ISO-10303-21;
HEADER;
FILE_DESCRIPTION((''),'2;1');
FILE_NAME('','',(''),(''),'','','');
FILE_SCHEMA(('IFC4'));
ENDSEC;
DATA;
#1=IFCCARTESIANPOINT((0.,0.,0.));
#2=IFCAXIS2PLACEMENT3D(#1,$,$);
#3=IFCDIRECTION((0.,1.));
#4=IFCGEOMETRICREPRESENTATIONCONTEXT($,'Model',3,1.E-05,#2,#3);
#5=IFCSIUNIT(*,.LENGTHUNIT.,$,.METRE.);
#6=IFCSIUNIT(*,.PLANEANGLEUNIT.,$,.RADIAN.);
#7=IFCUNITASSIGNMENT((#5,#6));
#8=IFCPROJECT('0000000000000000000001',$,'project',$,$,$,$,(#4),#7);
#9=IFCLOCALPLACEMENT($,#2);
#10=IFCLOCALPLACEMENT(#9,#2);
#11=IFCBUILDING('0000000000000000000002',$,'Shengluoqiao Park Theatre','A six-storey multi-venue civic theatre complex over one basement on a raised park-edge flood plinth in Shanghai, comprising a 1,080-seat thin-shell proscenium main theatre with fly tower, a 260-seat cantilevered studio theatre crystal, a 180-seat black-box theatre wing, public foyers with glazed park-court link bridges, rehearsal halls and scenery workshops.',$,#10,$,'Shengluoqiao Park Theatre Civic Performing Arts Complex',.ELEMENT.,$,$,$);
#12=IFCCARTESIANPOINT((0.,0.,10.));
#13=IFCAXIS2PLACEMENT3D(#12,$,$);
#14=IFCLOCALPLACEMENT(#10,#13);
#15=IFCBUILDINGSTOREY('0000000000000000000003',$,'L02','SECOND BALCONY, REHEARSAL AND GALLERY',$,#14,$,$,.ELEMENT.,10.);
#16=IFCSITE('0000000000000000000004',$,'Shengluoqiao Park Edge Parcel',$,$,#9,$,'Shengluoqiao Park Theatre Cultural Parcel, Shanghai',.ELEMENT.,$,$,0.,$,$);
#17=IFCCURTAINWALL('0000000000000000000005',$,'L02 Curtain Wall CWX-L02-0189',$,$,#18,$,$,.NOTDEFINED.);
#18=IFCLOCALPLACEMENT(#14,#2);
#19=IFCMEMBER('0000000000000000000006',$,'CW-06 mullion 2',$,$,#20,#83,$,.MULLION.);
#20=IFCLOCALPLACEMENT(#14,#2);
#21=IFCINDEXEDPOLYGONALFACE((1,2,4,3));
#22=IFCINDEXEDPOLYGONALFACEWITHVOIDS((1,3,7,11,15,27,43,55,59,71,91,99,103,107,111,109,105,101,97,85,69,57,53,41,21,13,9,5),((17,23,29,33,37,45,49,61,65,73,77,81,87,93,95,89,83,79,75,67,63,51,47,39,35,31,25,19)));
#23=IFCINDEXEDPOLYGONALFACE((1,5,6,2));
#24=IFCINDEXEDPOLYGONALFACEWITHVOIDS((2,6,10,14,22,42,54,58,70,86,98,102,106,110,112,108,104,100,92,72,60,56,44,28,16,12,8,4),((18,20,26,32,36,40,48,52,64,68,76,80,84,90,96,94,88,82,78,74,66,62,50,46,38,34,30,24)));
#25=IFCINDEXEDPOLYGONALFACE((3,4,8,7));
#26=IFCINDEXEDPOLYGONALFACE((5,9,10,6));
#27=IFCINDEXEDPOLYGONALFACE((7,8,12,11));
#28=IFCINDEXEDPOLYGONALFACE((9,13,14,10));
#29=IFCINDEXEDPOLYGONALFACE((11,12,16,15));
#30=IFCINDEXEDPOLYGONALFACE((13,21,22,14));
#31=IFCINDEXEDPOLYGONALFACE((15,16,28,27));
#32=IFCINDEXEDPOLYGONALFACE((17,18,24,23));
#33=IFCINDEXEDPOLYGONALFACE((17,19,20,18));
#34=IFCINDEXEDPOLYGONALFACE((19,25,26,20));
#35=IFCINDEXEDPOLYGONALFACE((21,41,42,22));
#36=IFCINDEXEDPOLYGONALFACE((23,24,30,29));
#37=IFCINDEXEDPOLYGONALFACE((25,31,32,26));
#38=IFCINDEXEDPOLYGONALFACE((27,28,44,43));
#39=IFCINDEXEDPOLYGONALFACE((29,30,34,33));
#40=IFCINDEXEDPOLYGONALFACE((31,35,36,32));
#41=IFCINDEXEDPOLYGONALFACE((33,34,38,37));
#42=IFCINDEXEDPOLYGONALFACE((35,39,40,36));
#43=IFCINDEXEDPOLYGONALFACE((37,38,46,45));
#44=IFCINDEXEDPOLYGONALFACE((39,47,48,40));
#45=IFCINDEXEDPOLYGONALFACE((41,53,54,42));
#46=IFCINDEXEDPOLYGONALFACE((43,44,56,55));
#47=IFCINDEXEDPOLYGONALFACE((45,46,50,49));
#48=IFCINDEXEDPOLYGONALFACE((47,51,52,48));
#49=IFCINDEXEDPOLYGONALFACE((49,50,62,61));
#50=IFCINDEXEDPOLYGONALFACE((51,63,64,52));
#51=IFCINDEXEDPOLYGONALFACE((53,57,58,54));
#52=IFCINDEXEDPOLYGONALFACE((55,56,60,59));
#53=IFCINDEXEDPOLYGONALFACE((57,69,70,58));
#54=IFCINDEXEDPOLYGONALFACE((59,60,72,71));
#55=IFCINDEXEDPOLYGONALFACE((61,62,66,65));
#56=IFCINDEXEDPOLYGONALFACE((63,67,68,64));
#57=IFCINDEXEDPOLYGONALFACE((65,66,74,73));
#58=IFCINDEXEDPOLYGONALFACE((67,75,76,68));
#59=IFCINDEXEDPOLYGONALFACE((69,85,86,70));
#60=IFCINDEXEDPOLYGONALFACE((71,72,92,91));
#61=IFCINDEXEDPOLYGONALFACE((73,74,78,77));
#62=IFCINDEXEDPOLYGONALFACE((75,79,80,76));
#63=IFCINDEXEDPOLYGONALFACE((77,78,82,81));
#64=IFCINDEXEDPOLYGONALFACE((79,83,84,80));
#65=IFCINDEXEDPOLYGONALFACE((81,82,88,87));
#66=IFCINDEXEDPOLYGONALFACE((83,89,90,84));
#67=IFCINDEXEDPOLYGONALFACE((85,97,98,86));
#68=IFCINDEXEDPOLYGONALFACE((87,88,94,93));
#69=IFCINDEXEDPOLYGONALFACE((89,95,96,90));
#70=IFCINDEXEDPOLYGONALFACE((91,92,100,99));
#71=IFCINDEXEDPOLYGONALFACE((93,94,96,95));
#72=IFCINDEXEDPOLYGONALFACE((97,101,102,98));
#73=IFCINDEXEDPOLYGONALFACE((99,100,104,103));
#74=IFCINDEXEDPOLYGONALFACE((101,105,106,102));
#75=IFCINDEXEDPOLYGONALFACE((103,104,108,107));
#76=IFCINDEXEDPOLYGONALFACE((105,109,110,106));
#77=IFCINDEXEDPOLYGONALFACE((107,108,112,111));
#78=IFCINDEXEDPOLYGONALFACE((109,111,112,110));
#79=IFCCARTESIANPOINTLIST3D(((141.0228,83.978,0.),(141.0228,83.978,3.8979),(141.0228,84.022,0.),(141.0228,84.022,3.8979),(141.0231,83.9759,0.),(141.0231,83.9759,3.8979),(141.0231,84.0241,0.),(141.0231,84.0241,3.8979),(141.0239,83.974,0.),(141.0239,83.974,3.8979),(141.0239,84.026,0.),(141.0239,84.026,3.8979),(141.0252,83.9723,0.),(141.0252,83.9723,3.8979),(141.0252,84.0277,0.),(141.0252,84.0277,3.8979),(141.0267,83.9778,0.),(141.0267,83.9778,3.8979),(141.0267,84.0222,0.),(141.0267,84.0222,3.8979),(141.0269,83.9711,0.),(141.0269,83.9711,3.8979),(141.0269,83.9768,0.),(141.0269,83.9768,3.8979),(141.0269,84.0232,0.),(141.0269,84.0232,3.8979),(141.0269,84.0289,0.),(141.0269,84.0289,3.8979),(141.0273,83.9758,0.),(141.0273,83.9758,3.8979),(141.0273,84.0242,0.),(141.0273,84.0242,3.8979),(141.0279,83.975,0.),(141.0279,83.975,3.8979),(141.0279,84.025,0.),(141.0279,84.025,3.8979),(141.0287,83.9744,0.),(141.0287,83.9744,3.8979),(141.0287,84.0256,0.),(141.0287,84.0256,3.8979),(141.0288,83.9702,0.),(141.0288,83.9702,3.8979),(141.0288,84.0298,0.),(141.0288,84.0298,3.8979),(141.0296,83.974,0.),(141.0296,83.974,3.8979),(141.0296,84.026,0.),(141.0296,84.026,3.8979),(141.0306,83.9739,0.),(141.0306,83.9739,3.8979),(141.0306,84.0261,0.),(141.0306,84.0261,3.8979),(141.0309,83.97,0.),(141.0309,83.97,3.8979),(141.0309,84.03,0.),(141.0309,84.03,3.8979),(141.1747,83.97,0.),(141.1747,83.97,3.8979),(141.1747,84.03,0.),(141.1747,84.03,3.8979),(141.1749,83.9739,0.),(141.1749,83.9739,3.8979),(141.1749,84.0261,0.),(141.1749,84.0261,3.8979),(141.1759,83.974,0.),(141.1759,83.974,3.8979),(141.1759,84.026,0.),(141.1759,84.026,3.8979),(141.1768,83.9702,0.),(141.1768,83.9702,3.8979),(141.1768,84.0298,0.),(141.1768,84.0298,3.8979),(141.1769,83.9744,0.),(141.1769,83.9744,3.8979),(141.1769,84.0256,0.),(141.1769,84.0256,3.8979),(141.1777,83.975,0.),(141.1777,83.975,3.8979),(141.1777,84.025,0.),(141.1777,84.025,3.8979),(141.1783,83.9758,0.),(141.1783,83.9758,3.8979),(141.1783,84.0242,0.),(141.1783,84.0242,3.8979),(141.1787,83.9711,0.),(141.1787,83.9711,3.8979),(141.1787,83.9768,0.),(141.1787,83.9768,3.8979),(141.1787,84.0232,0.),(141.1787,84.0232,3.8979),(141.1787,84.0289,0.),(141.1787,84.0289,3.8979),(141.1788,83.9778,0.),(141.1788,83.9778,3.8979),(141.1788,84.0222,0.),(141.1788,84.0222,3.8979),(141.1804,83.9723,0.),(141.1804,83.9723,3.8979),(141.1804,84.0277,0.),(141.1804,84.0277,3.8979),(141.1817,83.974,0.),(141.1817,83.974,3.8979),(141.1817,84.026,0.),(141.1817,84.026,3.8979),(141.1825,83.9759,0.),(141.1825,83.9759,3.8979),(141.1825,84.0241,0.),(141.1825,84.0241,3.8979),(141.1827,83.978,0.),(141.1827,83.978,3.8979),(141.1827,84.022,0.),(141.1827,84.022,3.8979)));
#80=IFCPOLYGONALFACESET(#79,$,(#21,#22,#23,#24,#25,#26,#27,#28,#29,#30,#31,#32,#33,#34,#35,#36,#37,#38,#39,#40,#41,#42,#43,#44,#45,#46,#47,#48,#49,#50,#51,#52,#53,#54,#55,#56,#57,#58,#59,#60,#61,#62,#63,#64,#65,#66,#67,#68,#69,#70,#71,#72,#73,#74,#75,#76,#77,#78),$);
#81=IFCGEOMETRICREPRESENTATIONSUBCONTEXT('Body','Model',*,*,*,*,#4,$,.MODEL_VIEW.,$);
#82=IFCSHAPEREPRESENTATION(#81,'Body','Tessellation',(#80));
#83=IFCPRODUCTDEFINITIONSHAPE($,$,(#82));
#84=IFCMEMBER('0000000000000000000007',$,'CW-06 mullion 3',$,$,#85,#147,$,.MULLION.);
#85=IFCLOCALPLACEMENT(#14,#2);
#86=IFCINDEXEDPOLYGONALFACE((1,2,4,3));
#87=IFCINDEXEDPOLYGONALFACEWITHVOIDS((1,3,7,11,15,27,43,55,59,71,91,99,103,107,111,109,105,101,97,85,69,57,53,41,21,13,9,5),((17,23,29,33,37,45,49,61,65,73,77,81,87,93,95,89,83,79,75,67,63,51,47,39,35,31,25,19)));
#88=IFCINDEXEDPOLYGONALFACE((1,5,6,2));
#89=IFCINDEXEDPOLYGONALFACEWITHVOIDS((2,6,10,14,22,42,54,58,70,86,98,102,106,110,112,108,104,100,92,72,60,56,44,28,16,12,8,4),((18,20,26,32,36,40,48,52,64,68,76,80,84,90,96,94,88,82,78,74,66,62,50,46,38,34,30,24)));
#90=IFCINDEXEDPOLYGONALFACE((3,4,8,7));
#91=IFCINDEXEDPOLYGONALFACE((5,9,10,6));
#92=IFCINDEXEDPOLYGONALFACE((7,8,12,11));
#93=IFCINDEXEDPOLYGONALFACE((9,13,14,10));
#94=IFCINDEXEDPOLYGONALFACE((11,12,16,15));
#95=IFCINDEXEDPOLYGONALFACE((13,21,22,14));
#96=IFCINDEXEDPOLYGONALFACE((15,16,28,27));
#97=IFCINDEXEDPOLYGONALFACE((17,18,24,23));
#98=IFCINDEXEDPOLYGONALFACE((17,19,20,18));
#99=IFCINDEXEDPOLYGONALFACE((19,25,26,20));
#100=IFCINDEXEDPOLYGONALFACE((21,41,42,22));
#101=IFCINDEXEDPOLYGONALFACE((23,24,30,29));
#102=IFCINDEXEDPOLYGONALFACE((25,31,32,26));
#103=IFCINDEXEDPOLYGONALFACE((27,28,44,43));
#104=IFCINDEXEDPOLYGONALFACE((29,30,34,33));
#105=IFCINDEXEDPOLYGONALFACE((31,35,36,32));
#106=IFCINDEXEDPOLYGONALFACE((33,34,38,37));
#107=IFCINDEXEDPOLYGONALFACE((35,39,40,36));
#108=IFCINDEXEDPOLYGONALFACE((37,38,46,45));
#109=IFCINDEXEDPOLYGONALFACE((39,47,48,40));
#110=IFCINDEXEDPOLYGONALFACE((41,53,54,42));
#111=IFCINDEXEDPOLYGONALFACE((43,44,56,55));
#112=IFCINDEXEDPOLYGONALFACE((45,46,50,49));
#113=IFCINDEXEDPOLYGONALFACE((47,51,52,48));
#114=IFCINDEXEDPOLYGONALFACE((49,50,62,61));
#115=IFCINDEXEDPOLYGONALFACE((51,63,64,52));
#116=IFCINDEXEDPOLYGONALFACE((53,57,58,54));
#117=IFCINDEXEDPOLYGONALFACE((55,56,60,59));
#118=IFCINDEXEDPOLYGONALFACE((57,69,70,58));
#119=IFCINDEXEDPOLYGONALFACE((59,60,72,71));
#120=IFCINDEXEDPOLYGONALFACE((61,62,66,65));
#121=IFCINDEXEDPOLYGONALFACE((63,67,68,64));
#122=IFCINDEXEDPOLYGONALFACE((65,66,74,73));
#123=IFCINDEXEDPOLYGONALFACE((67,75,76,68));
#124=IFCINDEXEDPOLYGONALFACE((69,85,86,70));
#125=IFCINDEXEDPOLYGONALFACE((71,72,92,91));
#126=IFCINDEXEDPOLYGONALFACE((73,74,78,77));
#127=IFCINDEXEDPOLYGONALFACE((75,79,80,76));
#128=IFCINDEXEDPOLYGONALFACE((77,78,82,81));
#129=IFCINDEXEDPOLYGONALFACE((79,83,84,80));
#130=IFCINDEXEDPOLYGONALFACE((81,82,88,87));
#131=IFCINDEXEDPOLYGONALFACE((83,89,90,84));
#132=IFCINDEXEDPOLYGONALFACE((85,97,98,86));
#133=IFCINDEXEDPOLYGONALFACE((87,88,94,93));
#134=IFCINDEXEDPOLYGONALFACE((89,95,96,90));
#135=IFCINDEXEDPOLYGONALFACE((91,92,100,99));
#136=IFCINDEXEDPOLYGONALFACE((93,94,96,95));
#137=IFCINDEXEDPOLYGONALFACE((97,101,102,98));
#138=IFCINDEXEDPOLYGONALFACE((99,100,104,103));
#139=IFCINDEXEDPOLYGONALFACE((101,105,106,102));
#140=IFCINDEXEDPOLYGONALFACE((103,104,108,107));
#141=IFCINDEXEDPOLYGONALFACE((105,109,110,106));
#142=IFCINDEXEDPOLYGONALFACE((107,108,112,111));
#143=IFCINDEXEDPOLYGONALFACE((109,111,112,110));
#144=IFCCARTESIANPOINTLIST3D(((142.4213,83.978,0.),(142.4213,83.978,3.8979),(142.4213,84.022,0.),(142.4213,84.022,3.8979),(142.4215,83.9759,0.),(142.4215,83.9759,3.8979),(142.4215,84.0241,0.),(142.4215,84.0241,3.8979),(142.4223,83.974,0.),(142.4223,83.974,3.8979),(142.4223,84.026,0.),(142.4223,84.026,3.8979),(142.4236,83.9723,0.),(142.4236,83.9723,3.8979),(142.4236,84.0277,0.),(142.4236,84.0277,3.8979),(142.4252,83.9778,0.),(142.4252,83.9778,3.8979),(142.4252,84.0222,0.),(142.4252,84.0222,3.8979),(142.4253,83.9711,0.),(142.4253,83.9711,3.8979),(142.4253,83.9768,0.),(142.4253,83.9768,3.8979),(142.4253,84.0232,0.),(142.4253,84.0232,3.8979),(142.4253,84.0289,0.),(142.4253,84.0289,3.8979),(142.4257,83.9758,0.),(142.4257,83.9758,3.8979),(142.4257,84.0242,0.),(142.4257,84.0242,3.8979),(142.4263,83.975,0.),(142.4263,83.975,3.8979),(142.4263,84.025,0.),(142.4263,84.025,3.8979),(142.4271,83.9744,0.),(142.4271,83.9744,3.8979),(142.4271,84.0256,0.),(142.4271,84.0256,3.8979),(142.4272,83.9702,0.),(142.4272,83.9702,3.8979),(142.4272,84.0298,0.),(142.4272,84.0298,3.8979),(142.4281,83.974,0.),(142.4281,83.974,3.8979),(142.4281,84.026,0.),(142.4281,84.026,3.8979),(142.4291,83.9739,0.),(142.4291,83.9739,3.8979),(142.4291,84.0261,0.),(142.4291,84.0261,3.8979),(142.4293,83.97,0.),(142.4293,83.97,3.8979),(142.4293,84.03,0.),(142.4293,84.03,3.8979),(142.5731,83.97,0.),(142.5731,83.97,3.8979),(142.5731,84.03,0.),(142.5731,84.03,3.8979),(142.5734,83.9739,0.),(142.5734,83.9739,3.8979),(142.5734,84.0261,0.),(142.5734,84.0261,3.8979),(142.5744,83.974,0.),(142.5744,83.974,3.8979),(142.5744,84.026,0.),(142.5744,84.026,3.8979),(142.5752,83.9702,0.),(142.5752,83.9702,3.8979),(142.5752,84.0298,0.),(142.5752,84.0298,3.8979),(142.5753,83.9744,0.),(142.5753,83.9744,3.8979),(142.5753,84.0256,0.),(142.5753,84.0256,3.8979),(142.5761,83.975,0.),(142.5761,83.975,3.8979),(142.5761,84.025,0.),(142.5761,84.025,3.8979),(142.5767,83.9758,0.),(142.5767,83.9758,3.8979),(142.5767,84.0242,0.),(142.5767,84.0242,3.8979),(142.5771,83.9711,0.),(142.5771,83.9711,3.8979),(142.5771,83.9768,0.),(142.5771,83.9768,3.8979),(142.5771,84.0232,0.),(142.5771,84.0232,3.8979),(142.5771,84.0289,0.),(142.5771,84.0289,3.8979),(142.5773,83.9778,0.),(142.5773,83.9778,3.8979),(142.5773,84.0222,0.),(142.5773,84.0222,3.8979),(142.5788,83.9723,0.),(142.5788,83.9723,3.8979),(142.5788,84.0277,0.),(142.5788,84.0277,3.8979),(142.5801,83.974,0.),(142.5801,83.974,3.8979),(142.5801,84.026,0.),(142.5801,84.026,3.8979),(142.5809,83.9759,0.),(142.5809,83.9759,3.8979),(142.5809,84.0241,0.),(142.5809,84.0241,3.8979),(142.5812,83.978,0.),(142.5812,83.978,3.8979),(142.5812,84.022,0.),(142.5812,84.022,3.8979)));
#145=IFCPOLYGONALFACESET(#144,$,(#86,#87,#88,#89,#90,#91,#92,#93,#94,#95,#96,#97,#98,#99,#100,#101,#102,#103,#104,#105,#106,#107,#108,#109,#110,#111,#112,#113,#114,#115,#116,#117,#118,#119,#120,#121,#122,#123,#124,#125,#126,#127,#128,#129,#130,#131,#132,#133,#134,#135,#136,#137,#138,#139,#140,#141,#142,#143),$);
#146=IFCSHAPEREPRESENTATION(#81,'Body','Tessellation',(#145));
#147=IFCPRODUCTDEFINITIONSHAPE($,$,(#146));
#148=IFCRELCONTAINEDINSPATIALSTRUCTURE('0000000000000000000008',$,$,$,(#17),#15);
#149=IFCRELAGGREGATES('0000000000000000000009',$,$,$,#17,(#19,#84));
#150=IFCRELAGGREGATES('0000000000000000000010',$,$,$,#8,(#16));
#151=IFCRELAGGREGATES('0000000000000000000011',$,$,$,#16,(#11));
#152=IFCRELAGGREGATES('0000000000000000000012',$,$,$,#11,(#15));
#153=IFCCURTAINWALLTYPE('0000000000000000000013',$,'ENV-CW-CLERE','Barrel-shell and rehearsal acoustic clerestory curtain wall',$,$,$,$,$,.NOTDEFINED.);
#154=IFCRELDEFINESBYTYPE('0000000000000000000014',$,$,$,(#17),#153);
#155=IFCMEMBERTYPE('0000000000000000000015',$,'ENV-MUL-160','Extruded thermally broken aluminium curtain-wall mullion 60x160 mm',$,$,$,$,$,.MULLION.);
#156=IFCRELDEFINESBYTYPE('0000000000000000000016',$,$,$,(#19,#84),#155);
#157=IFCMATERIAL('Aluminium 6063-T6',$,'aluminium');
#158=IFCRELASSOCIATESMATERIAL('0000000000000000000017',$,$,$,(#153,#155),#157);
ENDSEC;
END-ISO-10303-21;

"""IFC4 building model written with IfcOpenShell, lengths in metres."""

from ifc_helpers import new_model, si_unit, direction, frame, origin, origin_2d, place, context, subcontext, project, spatial, hollow_rectangle, extrude, material, material_profile, profile_set, type_object, element, aggregate, save


model = new_model("IFC4")

# Units and contexts
model_context = context("Model", 3, precision=1e-05, world=origin(), true_north=direction((0.0, 1.0)))
body_context = subcontext(model_context, "Body", "Model", "MODEL_VIEW")
ifc_project = project(units=[si_unit("LENGTHUNIT", "METRE"), si_unit("PLANEANGLEUNIT", "RADIAN")], contexts=[model_context])

# Site, building, storey
site_placement = place(None, origin())
site = spatial("IfcSite", under=ifc_project, at=site_placement, Name="Shengluoqiao Park Edge Parcel", LongName="Shengluoqiao Park Theatre Cultural Parcel, Shanghai", CompositionType="ELEMENT", RefElevation=0.0)
building_placement = place(site_placement, origin())
building = spatial("IfcBuilding", under=site, at=building_placement, Name="Shengluoqiao Park Theatre", Description="A six-storey multi-venue civic theatre complex over one basement on a raised park-edge flood plinth in Shanghai, comprising a 1,080-seat thin-shell proscenium main theatre with fly tower, a 260-seat cantilevered studio theatre crystal, a 180-seat black-box theatre wing, public foyers with glazed park-court link bridges, rehearsal halls and scenery workshops.", LongName="Shengluoqiao Park Theatre Civic Performing Arts Complex", CompositionType="ELEMENT")
storey_placement = place(building_placement, frame((0.0, 0.0, 10.0)))
storey = spatial("IfcBuildingStorey", under=building, at=storey_placement, Name="L02", Description="SECOND BALCONY, REHEARSAL AND GALLERY", CompositionType="ELEMENT", Elevation=10.0)

# Curtain wall, members
ifc_material_1 = material(Name="Aluminium 6063-T6", Category="aluminium")
curtain_wall_type = type_object("IfcCurtainWallType", Name="ENV-CW-CLERE", Description="Barrel-shell and rehearsal acoustic clerestory curtain wall", PredefinedType="NOTDEFINED", material=ifc_material_1)
curtain_wall_placement = place(storey_placement, origin())
curtain_wall = element("IfcCurtainWall", 1, at=curtain_wall_placement, inside=storey, type_object=curtain_wall_type, Name="L02 Curtain Wall CWX-L02-0189", PredefinedType="NOTDEFINED")
ifc_material_profile_1 = material_profile(ifc_material_1, hollow_rectangle(XDim=0.0601, YDim=0.1599, WallThickness=0.0039, InnerFilletRadius=0.0039, OuterFilletRadius=0.0081, at=origin_2d()), Name="ALU MULLION 160x60x4")
ifc_profile_set_1 = profile_set([ifc_material_profile_1], Name="Aluminium 6063-T6")
member_type_1 = type_object("IfcMemberType", Name="ENV-MUL-160", Description="Extruded thermally broken aluminium curtain-wall mullion 60x160 mm", PredefinedType="MULLION", material=ifc_profile_set_1)
member_1_placement = place(storey_placement, frame((141.1028, 84.0, 0.0), z_axis=(0.0, 0.0, 1.0), x_axis=(0.0, 1.0, 0.0)))
member_1 = element("IfcMember", 2, at=member_1_placement, type_object=member_type_1, Name="CW-06 mullion 2", PredefinedType="MULLION", context=body_context, shape_type="SweptSolid", body=[
    extrude(hollow_rectangle(XDim=0.0601, YDim=0.1599, WallThickness=0.0039, InnerFilletRadius=0.0039, OuterFilletRadius=0.0081, at=origin_2d()), origin(), (0.0, 0.0, 1.0), 3.8979),
])
member_2_placement = place(storey_placement, frame((142.5012, 84.0, 0.0), z_axis=(0.0, 0.0, 1.0), x_axis=(0.0, 1.0, 0.0)))
member_2 = element("IfcMember", 3, at=member_2_placement, type_object=member_type_1, Name="CW-06 mullion 3", PredefinedType="MULLION", context=body_context, shape_type="SweptSolid", body=[
    extrude(hollow_rectangle(XDim=0.0601, YDim=0.1599, WallThickness=0.0039, InnerFilletRadius=0.0039, OuterFilletRadius=0.0081, at=origin_2d()), origin(), (0.0, 0.0, 1.0), 3.8979),
])
aggregate(curtain_wall, [member_1, member_2])

save(model, "model.ifc")
